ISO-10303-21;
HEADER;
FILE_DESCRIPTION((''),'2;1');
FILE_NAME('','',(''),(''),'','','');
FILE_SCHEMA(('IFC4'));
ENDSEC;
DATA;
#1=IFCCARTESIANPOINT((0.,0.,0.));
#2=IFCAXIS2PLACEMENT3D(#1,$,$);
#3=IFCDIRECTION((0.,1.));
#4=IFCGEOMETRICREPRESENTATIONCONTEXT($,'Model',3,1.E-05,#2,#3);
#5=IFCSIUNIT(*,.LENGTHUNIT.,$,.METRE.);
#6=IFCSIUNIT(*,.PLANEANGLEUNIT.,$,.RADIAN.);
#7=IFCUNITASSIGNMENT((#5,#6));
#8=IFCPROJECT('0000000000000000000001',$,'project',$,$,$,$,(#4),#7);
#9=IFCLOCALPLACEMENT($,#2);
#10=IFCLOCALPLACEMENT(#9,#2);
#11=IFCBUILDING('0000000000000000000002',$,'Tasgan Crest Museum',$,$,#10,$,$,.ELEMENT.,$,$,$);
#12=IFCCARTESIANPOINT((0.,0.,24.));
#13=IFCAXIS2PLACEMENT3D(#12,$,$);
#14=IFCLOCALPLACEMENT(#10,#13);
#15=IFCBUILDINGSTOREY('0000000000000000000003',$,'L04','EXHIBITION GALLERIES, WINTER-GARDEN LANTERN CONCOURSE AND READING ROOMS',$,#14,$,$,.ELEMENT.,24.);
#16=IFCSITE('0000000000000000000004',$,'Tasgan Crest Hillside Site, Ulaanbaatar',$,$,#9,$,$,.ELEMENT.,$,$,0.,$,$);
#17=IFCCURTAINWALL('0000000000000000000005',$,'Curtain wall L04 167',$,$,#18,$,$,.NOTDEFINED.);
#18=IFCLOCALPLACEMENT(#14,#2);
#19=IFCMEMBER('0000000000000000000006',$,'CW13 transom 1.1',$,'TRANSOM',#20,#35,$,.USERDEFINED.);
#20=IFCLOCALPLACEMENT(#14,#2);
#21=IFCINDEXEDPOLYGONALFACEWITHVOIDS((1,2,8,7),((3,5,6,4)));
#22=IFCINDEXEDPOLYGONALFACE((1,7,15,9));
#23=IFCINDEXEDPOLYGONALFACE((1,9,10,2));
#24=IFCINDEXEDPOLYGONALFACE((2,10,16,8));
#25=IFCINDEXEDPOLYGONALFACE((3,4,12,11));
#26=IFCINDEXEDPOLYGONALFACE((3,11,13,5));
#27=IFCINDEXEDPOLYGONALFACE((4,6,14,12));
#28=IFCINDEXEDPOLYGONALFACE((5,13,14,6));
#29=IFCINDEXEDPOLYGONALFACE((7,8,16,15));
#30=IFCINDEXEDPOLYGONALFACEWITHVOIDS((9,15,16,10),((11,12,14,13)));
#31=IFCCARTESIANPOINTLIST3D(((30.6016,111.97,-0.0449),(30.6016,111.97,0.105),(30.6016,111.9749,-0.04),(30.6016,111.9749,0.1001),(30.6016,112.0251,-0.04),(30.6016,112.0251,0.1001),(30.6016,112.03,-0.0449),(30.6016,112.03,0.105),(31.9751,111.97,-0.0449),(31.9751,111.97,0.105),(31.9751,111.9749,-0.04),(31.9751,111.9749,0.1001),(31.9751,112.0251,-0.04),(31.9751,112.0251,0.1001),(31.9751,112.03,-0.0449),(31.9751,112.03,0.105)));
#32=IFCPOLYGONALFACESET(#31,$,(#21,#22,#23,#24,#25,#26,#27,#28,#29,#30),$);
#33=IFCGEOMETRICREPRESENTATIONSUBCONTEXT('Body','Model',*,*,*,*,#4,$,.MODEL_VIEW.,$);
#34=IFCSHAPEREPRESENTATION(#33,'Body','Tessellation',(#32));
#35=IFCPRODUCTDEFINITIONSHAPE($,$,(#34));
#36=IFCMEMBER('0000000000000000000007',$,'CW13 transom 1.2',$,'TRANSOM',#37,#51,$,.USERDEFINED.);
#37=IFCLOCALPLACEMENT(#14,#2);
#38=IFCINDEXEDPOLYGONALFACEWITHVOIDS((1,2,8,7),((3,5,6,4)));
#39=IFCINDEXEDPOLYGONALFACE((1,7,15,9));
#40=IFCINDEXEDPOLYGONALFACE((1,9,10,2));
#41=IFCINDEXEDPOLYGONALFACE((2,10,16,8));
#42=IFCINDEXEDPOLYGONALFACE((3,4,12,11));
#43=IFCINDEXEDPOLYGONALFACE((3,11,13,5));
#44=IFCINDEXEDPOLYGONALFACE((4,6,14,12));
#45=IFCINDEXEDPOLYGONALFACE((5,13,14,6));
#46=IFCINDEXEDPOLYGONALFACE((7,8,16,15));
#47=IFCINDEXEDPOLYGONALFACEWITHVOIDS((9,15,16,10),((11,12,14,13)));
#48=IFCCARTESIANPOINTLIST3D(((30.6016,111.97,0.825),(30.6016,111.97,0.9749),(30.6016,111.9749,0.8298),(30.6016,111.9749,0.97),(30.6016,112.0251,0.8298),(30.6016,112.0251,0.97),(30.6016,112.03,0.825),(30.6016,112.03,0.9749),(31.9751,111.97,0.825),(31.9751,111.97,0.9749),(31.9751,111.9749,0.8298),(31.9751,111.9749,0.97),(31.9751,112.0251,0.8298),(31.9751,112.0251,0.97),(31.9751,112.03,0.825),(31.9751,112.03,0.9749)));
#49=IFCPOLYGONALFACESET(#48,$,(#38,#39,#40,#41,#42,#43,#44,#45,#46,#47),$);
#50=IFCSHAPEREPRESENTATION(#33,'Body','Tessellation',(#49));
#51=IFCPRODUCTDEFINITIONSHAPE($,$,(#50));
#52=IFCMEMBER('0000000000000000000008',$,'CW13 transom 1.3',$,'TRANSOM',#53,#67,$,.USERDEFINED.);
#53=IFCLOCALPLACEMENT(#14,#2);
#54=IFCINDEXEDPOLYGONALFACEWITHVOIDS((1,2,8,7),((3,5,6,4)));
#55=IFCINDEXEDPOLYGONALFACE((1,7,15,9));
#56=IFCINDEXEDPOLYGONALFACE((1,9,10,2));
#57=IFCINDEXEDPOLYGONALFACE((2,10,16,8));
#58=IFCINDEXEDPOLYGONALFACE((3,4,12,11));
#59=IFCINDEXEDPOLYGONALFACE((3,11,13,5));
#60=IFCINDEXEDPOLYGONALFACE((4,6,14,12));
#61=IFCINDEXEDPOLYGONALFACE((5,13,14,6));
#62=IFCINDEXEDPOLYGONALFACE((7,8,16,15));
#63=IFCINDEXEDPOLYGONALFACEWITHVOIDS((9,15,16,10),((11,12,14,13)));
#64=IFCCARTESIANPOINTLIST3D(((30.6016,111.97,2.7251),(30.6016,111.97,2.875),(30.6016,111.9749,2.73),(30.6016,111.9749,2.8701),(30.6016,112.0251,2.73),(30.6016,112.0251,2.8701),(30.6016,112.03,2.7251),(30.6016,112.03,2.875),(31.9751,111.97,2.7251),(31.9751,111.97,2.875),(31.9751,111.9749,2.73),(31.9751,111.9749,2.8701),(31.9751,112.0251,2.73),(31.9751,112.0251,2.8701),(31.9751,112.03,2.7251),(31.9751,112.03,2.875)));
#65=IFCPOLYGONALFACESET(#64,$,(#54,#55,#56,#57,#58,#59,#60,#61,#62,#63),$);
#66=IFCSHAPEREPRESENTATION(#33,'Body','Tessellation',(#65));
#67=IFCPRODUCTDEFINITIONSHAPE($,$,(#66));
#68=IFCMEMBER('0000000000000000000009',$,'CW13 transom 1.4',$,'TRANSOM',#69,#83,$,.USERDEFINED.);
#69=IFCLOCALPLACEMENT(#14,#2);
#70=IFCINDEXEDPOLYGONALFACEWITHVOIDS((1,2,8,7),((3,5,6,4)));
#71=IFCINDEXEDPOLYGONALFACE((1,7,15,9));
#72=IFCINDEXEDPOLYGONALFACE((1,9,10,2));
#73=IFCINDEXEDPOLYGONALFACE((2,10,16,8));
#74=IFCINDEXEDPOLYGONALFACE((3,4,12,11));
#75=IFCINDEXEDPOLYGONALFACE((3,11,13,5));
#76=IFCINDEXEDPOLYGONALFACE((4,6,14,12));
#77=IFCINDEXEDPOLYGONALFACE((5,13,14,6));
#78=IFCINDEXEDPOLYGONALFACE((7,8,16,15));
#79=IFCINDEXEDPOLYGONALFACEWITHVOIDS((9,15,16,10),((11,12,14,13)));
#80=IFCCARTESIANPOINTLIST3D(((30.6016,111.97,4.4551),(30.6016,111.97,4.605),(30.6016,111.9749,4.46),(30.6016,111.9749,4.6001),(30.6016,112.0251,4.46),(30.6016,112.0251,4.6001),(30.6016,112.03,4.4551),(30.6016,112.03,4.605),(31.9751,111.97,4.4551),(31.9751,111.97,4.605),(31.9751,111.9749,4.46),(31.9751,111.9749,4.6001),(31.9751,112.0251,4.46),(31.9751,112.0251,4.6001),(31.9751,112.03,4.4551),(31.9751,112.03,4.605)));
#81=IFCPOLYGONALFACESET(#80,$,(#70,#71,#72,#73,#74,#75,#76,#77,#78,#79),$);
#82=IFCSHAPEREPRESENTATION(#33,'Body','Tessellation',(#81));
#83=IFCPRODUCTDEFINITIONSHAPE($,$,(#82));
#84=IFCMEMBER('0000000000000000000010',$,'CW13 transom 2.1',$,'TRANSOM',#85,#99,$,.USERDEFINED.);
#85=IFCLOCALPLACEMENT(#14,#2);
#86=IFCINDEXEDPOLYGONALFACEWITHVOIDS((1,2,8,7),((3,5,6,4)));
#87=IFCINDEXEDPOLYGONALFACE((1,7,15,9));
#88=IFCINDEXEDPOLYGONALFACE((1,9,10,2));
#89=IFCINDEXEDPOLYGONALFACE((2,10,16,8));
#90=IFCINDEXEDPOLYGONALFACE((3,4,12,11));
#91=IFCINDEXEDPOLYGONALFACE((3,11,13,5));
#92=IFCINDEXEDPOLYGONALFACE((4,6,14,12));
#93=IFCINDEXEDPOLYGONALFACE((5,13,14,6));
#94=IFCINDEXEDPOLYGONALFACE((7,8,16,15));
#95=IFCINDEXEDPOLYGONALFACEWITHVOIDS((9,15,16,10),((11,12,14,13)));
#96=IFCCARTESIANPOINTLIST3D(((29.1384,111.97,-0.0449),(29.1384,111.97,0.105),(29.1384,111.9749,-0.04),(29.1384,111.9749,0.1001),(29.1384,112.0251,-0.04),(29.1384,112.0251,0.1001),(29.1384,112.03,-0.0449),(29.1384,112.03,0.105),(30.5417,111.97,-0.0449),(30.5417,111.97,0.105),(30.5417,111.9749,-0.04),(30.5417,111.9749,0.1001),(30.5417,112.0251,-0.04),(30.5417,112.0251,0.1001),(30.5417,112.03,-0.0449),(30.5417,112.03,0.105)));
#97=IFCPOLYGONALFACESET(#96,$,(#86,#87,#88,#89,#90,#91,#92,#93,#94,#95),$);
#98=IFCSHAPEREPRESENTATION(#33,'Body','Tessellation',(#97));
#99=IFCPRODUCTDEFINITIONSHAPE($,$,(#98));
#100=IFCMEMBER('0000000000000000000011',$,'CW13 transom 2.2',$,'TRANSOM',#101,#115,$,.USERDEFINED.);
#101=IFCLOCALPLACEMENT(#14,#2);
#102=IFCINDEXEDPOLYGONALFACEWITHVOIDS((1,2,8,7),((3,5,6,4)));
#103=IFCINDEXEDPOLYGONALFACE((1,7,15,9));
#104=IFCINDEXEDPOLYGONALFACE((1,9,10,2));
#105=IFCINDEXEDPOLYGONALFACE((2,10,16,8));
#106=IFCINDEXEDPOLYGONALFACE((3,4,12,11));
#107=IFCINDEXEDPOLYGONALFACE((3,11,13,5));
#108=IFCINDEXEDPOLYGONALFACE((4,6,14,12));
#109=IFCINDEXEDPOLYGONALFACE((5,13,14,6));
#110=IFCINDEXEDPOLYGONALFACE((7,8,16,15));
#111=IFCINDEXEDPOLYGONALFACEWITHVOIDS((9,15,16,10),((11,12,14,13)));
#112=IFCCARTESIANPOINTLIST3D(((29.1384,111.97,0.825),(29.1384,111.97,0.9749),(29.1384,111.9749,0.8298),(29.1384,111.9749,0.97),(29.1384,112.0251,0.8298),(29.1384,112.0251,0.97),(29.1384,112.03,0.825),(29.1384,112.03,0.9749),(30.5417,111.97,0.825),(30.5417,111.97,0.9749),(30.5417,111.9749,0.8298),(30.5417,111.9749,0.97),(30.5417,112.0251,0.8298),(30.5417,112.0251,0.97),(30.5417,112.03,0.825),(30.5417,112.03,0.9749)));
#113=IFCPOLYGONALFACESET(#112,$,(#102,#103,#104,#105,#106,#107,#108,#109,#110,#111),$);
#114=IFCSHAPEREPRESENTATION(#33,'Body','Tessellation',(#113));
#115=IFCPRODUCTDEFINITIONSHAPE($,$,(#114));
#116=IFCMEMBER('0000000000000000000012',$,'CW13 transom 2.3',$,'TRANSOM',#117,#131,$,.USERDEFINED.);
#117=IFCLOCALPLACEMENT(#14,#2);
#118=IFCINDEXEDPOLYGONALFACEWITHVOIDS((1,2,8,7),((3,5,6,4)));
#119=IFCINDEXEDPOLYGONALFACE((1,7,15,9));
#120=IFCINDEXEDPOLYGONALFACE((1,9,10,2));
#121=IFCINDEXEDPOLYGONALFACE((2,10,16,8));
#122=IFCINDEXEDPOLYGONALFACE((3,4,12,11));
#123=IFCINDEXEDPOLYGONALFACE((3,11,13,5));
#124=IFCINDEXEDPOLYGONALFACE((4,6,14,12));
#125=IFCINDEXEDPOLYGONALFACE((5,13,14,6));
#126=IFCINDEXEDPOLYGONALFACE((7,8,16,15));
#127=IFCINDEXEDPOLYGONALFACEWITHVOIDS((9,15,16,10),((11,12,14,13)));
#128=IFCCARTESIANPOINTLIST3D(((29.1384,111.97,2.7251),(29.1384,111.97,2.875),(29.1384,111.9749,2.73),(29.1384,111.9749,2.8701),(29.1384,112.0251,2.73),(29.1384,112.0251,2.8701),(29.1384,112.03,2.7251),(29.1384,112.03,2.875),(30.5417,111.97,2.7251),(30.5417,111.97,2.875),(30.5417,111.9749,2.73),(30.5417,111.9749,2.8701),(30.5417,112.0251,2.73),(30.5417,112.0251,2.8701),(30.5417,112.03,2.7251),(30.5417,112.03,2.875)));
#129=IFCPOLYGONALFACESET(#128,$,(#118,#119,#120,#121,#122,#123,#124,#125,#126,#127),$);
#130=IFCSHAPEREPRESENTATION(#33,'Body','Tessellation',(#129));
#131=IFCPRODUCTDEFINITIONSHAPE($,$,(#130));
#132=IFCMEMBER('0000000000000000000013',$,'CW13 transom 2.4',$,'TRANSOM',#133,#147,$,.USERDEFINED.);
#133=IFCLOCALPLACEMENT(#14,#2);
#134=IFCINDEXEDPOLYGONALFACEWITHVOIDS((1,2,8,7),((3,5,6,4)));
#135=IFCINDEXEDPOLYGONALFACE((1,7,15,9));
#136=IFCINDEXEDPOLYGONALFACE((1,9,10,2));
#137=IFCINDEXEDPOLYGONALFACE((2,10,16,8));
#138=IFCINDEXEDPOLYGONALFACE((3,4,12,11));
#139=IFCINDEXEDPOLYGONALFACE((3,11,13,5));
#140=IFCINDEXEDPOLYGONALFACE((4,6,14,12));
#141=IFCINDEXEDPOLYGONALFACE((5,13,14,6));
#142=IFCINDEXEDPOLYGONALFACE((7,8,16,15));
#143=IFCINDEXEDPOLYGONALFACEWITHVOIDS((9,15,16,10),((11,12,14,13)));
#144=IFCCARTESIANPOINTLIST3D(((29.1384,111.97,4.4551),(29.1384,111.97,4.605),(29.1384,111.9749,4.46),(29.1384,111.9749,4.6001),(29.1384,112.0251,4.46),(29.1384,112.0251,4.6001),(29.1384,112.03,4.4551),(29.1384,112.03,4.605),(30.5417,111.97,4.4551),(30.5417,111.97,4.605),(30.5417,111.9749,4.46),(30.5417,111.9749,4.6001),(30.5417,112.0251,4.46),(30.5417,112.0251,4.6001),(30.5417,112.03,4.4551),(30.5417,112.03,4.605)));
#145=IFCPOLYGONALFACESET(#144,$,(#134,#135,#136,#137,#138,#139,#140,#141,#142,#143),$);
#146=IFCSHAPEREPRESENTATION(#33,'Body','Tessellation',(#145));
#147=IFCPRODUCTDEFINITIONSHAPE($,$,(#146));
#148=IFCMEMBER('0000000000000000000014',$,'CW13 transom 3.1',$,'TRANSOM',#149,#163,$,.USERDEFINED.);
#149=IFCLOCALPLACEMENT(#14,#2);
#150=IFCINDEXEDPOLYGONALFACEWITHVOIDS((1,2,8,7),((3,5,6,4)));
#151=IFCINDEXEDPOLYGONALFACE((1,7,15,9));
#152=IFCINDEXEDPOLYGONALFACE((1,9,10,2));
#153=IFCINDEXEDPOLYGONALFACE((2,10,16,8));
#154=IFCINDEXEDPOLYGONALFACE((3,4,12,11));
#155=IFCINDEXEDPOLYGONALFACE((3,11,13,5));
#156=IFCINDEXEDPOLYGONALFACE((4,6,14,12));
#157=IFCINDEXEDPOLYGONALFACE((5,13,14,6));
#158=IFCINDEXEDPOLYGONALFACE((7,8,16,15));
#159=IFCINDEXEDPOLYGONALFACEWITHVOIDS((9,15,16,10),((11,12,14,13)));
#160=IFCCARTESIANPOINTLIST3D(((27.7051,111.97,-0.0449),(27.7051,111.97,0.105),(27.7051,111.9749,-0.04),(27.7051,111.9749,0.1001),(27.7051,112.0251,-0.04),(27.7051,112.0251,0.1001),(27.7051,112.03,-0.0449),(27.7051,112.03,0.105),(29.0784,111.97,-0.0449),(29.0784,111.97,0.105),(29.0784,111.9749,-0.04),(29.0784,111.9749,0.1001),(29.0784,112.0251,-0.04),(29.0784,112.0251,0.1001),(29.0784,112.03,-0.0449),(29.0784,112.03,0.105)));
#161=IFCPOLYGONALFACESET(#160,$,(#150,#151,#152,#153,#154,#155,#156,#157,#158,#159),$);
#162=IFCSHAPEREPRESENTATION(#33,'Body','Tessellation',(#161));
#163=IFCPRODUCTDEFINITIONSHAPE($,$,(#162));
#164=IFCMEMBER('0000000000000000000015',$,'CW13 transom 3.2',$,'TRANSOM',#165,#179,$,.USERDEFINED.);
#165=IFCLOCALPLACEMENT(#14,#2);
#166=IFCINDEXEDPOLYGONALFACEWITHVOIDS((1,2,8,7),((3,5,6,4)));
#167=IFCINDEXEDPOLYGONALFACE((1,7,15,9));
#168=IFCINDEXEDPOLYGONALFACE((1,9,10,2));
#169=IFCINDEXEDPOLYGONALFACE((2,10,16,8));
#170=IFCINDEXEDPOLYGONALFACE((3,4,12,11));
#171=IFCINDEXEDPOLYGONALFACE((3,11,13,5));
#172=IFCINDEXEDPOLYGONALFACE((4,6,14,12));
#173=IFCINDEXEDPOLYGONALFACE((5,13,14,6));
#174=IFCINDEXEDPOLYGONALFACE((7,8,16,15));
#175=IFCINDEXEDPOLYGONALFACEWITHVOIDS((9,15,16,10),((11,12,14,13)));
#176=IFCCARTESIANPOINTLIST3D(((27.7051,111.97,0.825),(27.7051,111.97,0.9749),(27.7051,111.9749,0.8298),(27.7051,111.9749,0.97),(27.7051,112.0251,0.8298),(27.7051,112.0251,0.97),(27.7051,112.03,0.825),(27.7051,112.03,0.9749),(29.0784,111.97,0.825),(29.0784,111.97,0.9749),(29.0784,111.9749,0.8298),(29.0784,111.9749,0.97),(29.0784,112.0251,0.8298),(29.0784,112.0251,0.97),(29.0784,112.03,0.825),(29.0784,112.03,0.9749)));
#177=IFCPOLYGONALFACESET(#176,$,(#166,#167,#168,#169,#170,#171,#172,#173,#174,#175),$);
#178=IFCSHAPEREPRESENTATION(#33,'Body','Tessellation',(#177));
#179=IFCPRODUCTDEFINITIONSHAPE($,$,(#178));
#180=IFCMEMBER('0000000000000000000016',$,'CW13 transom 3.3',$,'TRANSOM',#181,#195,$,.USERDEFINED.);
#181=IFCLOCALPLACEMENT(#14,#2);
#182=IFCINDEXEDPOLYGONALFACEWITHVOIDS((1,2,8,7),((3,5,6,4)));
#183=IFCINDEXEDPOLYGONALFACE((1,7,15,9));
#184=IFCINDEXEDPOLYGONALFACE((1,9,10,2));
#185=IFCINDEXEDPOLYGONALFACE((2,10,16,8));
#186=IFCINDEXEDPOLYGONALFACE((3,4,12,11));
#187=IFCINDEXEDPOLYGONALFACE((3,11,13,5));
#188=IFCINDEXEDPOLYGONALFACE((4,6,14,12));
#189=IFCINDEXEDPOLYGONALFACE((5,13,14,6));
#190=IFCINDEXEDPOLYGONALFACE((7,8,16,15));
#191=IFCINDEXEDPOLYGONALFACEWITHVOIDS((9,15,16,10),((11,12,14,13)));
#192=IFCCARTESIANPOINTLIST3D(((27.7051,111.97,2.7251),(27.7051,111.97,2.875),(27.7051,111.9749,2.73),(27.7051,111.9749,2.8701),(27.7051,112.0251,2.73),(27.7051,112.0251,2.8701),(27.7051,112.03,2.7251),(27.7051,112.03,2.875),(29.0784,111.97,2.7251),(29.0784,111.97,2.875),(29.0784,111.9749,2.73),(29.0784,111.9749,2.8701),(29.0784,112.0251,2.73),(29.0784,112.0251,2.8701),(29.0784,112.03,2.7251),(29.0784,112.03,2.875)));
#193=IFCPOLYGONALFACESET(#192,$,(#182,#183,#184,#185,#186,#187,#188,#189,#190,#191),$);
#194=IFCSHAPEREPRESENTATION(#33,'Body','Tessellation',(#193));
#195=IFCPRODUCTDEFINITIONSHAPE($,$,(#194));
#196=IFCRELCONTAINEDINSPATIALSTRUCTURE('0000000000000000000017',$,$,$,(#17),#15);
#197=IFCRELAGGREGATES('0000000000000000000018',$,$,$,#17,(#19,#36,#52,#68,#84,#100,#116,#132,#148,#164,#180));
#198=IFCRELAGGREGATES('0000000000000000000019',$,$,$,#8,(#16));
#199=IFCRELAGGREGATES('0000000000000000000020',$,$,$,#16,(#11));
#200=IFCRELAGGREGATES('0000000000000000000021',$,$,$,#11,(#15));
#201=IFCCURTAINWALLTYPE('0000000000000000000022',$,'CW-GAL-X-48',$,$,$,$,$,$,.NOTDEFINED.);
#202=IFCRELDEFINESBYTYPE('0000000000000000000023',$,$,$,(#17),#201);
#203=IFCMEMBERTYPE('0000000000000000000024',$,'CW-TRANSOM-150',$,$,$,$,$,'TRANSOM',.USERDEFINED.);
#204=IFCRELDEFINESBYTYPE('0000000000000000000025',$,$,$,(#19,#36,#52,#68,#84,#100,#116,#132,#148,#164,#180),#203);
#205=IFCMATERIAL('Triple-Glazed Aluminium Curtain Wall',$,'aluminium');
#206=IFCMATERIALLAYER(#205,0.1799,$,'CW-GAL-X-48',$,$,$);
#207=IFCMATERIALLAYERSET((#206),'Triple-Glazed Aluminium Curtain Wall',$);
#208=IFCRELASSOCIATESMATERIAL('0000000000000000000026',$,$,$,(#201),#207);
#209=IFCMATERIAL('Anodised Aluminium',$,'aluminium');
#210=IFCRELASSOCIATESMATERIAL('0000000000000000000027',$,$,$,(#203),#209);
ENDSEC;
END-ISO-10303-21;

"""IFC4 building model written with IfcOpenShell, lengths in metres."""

from ifc_helpers import new_model, si_unit, direction, frame, origin, origin_2d, place, context, subcontext, project, spatial, hollow_rectangle, extrude, material, layer, layer_set, material_profile, profile_set, type_object, element, aggregate, save


model = new_model("IFC4")

# Units and contexts
model_context = context("Model", 3, precision=1e-05, world=origin(), true_north=direction((0.0, 1.0)))
body_context = subcontext(model_context, "Body", "Model", "MODEL_VIEW")
ifc_project = project(units=[si_unit("LENGTHUNIT", "METRE"), si_unit("PLANEANGLEUNIT", "RADIAN")], contexts=[model_context])

# Site, building, storey
site_placement = place(None, origin())
site = spatial("IfcSite", under=ifc_project, at=site_placement, Name="Tasgan Crest Hillside Site, Ulaanbaatar", CompositionType="ELEMENT", RefElevation=0.0)
building_placement = place(site_placement, origin())
building = spatial("IfcBuilding", under=site, at=building_placement, Name="Tasgan Crest Museum", CompositionType="ELEMENT")
storey_placement = place(building_placement, frame((0.0, 0.0, 24.0)))
storey = spatial("IfcBuildingStorey", under=building, at=storey_placement, Name="L04", Description="EXHIBITION GALLERIES, WINTER-GARDEN LANTERN CONCOURSE AND READING ROOMS", CompositionType="ELEMENT", Elevation=24.0)

# Curtain wall, members
ifc_material_1 = material(Name="Triple-Glazed Aluminium Curtain Wall", Category="aluminium")
ifc_layer_1 = layer(ifc_material_1, 0.1799, Name="CW-GAL-X-48")
ifc_layer_set_1 = layer_set([ifc_layer_1], Name="Triple-Glazed Aluminium Curtain Wall")
curtain_wall_type = type_object("IfcCurtainWallType", Name="CW-GAL-X-48", PredefinedType="NOTDEFINED", material=ifc_layer_set_1)
curtain_wall_placement = place(storey_placement, origin())
curtain_wall = element("IfcCurtainWall", 1, at=curtain_wall_placement, inside=storey, type_object=curtain_wall_type, Name="Curtain wall L04 167", PredefinedType="NOTDEFINED")
ifc_material_2 = material(Name="Anodised Aluminium", Category="aluminium")
ifc_material_profile_1 = material_profile(ifc_material_2, hollow_rectangle(XDim=0.0601, YDim=0.1499, WallThickness=0.0049, at=origin_2d()), Name="ALU TRANSOM 150x60x5")
ifc_profile_set_1 = profile_set([ifc_material_profile_1], Name="Anodised Aluminium")
member_type_1 = type_object("IfcMemberType", Name="CW-TRANSOM-150", ElementType="TRANSOM", PredefinedType="USERDEFINED", material=ifc_profile_set_1)
member_1_placement = place(storey_placement, frame((31.9751, 112.0, 0.03), z_axis=(-1.0, 0.0, 0.0), x_axis=(0.0, -1.0, 0.0)))
member_1 = element("IfcMember", 2, at=member_1_placement, type_object=member_type_1, Name="CW13 transom 1.1", ObjectType="TRANSOM", PredefinedType="USERDEFINED", context=body_context, shape_type="SweptSolid", body=[
    extrude(hollow_rectangle(XDim=0.0601, YDim=0.1499, WallThickness=0.0049, at=origin_2d()), origin(), (0.0, 0.0, 1.0), 1.3735),
])
member_2_placement = place(storey_placement, frame((31.9751, 112.0, 0.8999), z_axis=(-1.0, 0.0, 0.0), x_axis=(0.0, -1.0, 0.0)))
member_2 = element("IfcMember", 3, at=member_2_placement, type_object=member_type_1, Name="CW13 transom 1.2", ObjectType="TRANSOM", PredefinedType="USERDEFINED", context=body_context, shape_type="SweptSolid", body=[
    extrude(hollow_rectangle(XDim=0.0601, YDim=0.1499, WallThickness=0.0049, at=origin_2d()), origin(), (0.0, 0.0, 1.0), 1.3735),
])
member_3_placement = place(storey_placement, frame((31.9751, 112.0, 2.8), z_axis=(-1.0, 0.0, 0.0), x_axis=(0.0, -1.0, 0.0)))
member_3 = element("IfcMember", 4, at=member_3_placement, type_object=member_type_1, Name="CW13 transom 1.3", ObjectType="TRANSOM", PredefinedType="USERDEFINED", context=body_context, shape_type="SweptSolid", body=[
    extrude(hollow_rectangle(XDim=0.0601, YDim=0.1499, WallThickness=0.0049, at=origin_2d()), origin(), (0.0, 0.0, 1.0), 1.3735),
])
member_4_placement = place(storey_placement, frame((31.9751, 112.0, 4.53), z_axis=(-1.0, 0.0, 0.0), x_axis=(0.0, -1.0, 0.0)))
member_4 = element("IfcMember", 5, at=member_4_placement, type_object=member_type_1, Name="CW13 transom 1.4", ObjectType="TRANSOM", PredefinedType="USERDEFINED", context=body_context, shape_type="SweptSolid", body=[
    extrude(hollow_rectangle(XDim=0.0601, YDim=0.1499, WallThickness=0.0049, at=origin_2d()), origin(), (0.0, 0.0, 1.0), 1.3735),
])
member_5_placement = place(storey_placement, frame((30.5417, 112.0, 0.03), z_axis=(-1.0, 0.0, 0.0), x_axis=(0.0, -1.0, 0.0)))
member_5 = element("IfcMember", 6, at=member_5_placement, type_object=member_type_1, Name="CW13 transom 2.1", ObjectType="TRANSOM", PredefinedType="USERDEFINED", context=body_context, shape_type="SweptSolid", body=[
    extrude(hollow_rectangle(XDim=0.0601, YDim=0.1499, WallThickness=0.0049, at=origin_2d()), origin(), (0.0, 0.0, 1.0), 1.4033),
])
member_6_placement = place(storey_placement, frame((30.5417, 112.0, 0.8999), z_axis=(-1.0, 0.0, 0.0), x_axis=(0.0, -1.0, 0.0)))
member_6 = element("IfcMember", 7, at=member_6_placement, type_object=member_type_1, Name="CW13 transom 2.2", ObjectType="TRANSOM", PredefinedType="USERDEFINED", context=body_context, shape_type="SweptSolid", body=[
    extrude(hollow_rectangle(XDim=0.0601, YDim=0.1499, WallThickness=0.0049, at=origin_2d()), origin(), (0.0, 0.0, 1.0), 1.4033),
])
member_7_placement = place(storey_placement, frame((30.5417, 112.0, 2.8), z_axis=(-1.0, 0.0, 0.0), x_axis=(0.0, -1.0, 0.0)))
member_7 = element("IfcMember", 8, at=member_7_placement, type_object=member_type_1, Name="CW13 transom 2.3", ObjectType="TRANSOM", PredefinedType="USERDEFINED", context=body_context, shape_type="SweptSolid", body=[
    extrude(hollow_rectangle(XDim=0.0601, YDim=0.1499, WallThickness=0.0049, at=origin_2d()), origin(), (0.0, 0.0, 1.0), 1.4033),
])
member_8_placement = place(storey_placement, frame((30.5417, 112.0, 4.53), z_axis=(-1.0, 0.0, 0.0), x_axis=(0.0, -1.0, 0.0)))
member_8 = element("IfcMember", 9, at=member_8_placement, type_object=member_type_1, Name="CW13 transom 2.4", ObjectType="TRANSOM", PredefinedType="USERDEFINED", context=body_context, shape_type="SweptSolid", body=[
    extrude(hollow_rectangle(XDim=0.0601, YDim=0.1499, WallThickness=0.0049, at=origin_2d()), origin(), (0.0, 0.0, 1.0), 1.4033),
])
member_9_placement = place(storey_placement, frame((29.0784, 112.0, 0.03), z_axis=(-1.0, 0.0, 0.0), x_axis=(0.0, -1.0, 0.0)))
member_9 = element("IfcMember", 10, at=member_9_placement, type_object=member_type_1, Name="CW13 transom 3.1", ObjectType="TRANSOM", PredefinedType="USERDEFINED", context=body_context, shape_type="SweptSolid", body=[
    extrude(hollow_rectangle(XDim=0.0601, YDim=0.1499, WallThickness=0.0049, at=origin_2d()), origin(), (0.0, 0.0, 1.0), 1.3733),
])
member_10_placement = place(storey_placement, frame((29.0784, 112.0, 0.8999), z_axis=(-1.0, 0.0, 0.0), x_axis=(0.0, -1.0, 0.0)))
member_10 = element("IfcMember", 11, at=member_10_placement, type_object=member_type_1, Name="CW13 transom 3.2", ObjectType="TRANSOM", PredefinedType="USERDEFINED", context=body_context, shape_type="SweptSolid", body=[
    extrude(hollow_rectangle(XDim=0.0601, YDim=0.1499, WallThickness=0.0049, at=origin_2d()), origin(), (0.0, 0.0, 1.0), 1.3733),
])
member_11_placement = place(storey_placement, frame((29.0784, 112.0, 2.8), z_axis=(-1.0, 0.0, 0.0), x_axis=(0.0, -1.0, 0.0)))
member_11 = element("IfcMember", 12, at=member_11_placement, type_object=member_type_1, Name="CW13 transom 3.3", ObjectType="TRANSOM", PredefinedType="USERDEFINED", context=body_context, shape_type="SweptSolid", body=[
    extrude(hollow_rectangle(XDim=0.0601, YDim=0.1499, WallThickness=0.0049, at=origin_2d()), origin(), (0.0, 0.0, 1.0), 1.3733),
])
aggregate(curtain_wall, [member_1, member_2, member_3, member_4, member_5, member_6, member_7, member_8, member_9, member_10, member_11])

save(model, "model.ifc")
